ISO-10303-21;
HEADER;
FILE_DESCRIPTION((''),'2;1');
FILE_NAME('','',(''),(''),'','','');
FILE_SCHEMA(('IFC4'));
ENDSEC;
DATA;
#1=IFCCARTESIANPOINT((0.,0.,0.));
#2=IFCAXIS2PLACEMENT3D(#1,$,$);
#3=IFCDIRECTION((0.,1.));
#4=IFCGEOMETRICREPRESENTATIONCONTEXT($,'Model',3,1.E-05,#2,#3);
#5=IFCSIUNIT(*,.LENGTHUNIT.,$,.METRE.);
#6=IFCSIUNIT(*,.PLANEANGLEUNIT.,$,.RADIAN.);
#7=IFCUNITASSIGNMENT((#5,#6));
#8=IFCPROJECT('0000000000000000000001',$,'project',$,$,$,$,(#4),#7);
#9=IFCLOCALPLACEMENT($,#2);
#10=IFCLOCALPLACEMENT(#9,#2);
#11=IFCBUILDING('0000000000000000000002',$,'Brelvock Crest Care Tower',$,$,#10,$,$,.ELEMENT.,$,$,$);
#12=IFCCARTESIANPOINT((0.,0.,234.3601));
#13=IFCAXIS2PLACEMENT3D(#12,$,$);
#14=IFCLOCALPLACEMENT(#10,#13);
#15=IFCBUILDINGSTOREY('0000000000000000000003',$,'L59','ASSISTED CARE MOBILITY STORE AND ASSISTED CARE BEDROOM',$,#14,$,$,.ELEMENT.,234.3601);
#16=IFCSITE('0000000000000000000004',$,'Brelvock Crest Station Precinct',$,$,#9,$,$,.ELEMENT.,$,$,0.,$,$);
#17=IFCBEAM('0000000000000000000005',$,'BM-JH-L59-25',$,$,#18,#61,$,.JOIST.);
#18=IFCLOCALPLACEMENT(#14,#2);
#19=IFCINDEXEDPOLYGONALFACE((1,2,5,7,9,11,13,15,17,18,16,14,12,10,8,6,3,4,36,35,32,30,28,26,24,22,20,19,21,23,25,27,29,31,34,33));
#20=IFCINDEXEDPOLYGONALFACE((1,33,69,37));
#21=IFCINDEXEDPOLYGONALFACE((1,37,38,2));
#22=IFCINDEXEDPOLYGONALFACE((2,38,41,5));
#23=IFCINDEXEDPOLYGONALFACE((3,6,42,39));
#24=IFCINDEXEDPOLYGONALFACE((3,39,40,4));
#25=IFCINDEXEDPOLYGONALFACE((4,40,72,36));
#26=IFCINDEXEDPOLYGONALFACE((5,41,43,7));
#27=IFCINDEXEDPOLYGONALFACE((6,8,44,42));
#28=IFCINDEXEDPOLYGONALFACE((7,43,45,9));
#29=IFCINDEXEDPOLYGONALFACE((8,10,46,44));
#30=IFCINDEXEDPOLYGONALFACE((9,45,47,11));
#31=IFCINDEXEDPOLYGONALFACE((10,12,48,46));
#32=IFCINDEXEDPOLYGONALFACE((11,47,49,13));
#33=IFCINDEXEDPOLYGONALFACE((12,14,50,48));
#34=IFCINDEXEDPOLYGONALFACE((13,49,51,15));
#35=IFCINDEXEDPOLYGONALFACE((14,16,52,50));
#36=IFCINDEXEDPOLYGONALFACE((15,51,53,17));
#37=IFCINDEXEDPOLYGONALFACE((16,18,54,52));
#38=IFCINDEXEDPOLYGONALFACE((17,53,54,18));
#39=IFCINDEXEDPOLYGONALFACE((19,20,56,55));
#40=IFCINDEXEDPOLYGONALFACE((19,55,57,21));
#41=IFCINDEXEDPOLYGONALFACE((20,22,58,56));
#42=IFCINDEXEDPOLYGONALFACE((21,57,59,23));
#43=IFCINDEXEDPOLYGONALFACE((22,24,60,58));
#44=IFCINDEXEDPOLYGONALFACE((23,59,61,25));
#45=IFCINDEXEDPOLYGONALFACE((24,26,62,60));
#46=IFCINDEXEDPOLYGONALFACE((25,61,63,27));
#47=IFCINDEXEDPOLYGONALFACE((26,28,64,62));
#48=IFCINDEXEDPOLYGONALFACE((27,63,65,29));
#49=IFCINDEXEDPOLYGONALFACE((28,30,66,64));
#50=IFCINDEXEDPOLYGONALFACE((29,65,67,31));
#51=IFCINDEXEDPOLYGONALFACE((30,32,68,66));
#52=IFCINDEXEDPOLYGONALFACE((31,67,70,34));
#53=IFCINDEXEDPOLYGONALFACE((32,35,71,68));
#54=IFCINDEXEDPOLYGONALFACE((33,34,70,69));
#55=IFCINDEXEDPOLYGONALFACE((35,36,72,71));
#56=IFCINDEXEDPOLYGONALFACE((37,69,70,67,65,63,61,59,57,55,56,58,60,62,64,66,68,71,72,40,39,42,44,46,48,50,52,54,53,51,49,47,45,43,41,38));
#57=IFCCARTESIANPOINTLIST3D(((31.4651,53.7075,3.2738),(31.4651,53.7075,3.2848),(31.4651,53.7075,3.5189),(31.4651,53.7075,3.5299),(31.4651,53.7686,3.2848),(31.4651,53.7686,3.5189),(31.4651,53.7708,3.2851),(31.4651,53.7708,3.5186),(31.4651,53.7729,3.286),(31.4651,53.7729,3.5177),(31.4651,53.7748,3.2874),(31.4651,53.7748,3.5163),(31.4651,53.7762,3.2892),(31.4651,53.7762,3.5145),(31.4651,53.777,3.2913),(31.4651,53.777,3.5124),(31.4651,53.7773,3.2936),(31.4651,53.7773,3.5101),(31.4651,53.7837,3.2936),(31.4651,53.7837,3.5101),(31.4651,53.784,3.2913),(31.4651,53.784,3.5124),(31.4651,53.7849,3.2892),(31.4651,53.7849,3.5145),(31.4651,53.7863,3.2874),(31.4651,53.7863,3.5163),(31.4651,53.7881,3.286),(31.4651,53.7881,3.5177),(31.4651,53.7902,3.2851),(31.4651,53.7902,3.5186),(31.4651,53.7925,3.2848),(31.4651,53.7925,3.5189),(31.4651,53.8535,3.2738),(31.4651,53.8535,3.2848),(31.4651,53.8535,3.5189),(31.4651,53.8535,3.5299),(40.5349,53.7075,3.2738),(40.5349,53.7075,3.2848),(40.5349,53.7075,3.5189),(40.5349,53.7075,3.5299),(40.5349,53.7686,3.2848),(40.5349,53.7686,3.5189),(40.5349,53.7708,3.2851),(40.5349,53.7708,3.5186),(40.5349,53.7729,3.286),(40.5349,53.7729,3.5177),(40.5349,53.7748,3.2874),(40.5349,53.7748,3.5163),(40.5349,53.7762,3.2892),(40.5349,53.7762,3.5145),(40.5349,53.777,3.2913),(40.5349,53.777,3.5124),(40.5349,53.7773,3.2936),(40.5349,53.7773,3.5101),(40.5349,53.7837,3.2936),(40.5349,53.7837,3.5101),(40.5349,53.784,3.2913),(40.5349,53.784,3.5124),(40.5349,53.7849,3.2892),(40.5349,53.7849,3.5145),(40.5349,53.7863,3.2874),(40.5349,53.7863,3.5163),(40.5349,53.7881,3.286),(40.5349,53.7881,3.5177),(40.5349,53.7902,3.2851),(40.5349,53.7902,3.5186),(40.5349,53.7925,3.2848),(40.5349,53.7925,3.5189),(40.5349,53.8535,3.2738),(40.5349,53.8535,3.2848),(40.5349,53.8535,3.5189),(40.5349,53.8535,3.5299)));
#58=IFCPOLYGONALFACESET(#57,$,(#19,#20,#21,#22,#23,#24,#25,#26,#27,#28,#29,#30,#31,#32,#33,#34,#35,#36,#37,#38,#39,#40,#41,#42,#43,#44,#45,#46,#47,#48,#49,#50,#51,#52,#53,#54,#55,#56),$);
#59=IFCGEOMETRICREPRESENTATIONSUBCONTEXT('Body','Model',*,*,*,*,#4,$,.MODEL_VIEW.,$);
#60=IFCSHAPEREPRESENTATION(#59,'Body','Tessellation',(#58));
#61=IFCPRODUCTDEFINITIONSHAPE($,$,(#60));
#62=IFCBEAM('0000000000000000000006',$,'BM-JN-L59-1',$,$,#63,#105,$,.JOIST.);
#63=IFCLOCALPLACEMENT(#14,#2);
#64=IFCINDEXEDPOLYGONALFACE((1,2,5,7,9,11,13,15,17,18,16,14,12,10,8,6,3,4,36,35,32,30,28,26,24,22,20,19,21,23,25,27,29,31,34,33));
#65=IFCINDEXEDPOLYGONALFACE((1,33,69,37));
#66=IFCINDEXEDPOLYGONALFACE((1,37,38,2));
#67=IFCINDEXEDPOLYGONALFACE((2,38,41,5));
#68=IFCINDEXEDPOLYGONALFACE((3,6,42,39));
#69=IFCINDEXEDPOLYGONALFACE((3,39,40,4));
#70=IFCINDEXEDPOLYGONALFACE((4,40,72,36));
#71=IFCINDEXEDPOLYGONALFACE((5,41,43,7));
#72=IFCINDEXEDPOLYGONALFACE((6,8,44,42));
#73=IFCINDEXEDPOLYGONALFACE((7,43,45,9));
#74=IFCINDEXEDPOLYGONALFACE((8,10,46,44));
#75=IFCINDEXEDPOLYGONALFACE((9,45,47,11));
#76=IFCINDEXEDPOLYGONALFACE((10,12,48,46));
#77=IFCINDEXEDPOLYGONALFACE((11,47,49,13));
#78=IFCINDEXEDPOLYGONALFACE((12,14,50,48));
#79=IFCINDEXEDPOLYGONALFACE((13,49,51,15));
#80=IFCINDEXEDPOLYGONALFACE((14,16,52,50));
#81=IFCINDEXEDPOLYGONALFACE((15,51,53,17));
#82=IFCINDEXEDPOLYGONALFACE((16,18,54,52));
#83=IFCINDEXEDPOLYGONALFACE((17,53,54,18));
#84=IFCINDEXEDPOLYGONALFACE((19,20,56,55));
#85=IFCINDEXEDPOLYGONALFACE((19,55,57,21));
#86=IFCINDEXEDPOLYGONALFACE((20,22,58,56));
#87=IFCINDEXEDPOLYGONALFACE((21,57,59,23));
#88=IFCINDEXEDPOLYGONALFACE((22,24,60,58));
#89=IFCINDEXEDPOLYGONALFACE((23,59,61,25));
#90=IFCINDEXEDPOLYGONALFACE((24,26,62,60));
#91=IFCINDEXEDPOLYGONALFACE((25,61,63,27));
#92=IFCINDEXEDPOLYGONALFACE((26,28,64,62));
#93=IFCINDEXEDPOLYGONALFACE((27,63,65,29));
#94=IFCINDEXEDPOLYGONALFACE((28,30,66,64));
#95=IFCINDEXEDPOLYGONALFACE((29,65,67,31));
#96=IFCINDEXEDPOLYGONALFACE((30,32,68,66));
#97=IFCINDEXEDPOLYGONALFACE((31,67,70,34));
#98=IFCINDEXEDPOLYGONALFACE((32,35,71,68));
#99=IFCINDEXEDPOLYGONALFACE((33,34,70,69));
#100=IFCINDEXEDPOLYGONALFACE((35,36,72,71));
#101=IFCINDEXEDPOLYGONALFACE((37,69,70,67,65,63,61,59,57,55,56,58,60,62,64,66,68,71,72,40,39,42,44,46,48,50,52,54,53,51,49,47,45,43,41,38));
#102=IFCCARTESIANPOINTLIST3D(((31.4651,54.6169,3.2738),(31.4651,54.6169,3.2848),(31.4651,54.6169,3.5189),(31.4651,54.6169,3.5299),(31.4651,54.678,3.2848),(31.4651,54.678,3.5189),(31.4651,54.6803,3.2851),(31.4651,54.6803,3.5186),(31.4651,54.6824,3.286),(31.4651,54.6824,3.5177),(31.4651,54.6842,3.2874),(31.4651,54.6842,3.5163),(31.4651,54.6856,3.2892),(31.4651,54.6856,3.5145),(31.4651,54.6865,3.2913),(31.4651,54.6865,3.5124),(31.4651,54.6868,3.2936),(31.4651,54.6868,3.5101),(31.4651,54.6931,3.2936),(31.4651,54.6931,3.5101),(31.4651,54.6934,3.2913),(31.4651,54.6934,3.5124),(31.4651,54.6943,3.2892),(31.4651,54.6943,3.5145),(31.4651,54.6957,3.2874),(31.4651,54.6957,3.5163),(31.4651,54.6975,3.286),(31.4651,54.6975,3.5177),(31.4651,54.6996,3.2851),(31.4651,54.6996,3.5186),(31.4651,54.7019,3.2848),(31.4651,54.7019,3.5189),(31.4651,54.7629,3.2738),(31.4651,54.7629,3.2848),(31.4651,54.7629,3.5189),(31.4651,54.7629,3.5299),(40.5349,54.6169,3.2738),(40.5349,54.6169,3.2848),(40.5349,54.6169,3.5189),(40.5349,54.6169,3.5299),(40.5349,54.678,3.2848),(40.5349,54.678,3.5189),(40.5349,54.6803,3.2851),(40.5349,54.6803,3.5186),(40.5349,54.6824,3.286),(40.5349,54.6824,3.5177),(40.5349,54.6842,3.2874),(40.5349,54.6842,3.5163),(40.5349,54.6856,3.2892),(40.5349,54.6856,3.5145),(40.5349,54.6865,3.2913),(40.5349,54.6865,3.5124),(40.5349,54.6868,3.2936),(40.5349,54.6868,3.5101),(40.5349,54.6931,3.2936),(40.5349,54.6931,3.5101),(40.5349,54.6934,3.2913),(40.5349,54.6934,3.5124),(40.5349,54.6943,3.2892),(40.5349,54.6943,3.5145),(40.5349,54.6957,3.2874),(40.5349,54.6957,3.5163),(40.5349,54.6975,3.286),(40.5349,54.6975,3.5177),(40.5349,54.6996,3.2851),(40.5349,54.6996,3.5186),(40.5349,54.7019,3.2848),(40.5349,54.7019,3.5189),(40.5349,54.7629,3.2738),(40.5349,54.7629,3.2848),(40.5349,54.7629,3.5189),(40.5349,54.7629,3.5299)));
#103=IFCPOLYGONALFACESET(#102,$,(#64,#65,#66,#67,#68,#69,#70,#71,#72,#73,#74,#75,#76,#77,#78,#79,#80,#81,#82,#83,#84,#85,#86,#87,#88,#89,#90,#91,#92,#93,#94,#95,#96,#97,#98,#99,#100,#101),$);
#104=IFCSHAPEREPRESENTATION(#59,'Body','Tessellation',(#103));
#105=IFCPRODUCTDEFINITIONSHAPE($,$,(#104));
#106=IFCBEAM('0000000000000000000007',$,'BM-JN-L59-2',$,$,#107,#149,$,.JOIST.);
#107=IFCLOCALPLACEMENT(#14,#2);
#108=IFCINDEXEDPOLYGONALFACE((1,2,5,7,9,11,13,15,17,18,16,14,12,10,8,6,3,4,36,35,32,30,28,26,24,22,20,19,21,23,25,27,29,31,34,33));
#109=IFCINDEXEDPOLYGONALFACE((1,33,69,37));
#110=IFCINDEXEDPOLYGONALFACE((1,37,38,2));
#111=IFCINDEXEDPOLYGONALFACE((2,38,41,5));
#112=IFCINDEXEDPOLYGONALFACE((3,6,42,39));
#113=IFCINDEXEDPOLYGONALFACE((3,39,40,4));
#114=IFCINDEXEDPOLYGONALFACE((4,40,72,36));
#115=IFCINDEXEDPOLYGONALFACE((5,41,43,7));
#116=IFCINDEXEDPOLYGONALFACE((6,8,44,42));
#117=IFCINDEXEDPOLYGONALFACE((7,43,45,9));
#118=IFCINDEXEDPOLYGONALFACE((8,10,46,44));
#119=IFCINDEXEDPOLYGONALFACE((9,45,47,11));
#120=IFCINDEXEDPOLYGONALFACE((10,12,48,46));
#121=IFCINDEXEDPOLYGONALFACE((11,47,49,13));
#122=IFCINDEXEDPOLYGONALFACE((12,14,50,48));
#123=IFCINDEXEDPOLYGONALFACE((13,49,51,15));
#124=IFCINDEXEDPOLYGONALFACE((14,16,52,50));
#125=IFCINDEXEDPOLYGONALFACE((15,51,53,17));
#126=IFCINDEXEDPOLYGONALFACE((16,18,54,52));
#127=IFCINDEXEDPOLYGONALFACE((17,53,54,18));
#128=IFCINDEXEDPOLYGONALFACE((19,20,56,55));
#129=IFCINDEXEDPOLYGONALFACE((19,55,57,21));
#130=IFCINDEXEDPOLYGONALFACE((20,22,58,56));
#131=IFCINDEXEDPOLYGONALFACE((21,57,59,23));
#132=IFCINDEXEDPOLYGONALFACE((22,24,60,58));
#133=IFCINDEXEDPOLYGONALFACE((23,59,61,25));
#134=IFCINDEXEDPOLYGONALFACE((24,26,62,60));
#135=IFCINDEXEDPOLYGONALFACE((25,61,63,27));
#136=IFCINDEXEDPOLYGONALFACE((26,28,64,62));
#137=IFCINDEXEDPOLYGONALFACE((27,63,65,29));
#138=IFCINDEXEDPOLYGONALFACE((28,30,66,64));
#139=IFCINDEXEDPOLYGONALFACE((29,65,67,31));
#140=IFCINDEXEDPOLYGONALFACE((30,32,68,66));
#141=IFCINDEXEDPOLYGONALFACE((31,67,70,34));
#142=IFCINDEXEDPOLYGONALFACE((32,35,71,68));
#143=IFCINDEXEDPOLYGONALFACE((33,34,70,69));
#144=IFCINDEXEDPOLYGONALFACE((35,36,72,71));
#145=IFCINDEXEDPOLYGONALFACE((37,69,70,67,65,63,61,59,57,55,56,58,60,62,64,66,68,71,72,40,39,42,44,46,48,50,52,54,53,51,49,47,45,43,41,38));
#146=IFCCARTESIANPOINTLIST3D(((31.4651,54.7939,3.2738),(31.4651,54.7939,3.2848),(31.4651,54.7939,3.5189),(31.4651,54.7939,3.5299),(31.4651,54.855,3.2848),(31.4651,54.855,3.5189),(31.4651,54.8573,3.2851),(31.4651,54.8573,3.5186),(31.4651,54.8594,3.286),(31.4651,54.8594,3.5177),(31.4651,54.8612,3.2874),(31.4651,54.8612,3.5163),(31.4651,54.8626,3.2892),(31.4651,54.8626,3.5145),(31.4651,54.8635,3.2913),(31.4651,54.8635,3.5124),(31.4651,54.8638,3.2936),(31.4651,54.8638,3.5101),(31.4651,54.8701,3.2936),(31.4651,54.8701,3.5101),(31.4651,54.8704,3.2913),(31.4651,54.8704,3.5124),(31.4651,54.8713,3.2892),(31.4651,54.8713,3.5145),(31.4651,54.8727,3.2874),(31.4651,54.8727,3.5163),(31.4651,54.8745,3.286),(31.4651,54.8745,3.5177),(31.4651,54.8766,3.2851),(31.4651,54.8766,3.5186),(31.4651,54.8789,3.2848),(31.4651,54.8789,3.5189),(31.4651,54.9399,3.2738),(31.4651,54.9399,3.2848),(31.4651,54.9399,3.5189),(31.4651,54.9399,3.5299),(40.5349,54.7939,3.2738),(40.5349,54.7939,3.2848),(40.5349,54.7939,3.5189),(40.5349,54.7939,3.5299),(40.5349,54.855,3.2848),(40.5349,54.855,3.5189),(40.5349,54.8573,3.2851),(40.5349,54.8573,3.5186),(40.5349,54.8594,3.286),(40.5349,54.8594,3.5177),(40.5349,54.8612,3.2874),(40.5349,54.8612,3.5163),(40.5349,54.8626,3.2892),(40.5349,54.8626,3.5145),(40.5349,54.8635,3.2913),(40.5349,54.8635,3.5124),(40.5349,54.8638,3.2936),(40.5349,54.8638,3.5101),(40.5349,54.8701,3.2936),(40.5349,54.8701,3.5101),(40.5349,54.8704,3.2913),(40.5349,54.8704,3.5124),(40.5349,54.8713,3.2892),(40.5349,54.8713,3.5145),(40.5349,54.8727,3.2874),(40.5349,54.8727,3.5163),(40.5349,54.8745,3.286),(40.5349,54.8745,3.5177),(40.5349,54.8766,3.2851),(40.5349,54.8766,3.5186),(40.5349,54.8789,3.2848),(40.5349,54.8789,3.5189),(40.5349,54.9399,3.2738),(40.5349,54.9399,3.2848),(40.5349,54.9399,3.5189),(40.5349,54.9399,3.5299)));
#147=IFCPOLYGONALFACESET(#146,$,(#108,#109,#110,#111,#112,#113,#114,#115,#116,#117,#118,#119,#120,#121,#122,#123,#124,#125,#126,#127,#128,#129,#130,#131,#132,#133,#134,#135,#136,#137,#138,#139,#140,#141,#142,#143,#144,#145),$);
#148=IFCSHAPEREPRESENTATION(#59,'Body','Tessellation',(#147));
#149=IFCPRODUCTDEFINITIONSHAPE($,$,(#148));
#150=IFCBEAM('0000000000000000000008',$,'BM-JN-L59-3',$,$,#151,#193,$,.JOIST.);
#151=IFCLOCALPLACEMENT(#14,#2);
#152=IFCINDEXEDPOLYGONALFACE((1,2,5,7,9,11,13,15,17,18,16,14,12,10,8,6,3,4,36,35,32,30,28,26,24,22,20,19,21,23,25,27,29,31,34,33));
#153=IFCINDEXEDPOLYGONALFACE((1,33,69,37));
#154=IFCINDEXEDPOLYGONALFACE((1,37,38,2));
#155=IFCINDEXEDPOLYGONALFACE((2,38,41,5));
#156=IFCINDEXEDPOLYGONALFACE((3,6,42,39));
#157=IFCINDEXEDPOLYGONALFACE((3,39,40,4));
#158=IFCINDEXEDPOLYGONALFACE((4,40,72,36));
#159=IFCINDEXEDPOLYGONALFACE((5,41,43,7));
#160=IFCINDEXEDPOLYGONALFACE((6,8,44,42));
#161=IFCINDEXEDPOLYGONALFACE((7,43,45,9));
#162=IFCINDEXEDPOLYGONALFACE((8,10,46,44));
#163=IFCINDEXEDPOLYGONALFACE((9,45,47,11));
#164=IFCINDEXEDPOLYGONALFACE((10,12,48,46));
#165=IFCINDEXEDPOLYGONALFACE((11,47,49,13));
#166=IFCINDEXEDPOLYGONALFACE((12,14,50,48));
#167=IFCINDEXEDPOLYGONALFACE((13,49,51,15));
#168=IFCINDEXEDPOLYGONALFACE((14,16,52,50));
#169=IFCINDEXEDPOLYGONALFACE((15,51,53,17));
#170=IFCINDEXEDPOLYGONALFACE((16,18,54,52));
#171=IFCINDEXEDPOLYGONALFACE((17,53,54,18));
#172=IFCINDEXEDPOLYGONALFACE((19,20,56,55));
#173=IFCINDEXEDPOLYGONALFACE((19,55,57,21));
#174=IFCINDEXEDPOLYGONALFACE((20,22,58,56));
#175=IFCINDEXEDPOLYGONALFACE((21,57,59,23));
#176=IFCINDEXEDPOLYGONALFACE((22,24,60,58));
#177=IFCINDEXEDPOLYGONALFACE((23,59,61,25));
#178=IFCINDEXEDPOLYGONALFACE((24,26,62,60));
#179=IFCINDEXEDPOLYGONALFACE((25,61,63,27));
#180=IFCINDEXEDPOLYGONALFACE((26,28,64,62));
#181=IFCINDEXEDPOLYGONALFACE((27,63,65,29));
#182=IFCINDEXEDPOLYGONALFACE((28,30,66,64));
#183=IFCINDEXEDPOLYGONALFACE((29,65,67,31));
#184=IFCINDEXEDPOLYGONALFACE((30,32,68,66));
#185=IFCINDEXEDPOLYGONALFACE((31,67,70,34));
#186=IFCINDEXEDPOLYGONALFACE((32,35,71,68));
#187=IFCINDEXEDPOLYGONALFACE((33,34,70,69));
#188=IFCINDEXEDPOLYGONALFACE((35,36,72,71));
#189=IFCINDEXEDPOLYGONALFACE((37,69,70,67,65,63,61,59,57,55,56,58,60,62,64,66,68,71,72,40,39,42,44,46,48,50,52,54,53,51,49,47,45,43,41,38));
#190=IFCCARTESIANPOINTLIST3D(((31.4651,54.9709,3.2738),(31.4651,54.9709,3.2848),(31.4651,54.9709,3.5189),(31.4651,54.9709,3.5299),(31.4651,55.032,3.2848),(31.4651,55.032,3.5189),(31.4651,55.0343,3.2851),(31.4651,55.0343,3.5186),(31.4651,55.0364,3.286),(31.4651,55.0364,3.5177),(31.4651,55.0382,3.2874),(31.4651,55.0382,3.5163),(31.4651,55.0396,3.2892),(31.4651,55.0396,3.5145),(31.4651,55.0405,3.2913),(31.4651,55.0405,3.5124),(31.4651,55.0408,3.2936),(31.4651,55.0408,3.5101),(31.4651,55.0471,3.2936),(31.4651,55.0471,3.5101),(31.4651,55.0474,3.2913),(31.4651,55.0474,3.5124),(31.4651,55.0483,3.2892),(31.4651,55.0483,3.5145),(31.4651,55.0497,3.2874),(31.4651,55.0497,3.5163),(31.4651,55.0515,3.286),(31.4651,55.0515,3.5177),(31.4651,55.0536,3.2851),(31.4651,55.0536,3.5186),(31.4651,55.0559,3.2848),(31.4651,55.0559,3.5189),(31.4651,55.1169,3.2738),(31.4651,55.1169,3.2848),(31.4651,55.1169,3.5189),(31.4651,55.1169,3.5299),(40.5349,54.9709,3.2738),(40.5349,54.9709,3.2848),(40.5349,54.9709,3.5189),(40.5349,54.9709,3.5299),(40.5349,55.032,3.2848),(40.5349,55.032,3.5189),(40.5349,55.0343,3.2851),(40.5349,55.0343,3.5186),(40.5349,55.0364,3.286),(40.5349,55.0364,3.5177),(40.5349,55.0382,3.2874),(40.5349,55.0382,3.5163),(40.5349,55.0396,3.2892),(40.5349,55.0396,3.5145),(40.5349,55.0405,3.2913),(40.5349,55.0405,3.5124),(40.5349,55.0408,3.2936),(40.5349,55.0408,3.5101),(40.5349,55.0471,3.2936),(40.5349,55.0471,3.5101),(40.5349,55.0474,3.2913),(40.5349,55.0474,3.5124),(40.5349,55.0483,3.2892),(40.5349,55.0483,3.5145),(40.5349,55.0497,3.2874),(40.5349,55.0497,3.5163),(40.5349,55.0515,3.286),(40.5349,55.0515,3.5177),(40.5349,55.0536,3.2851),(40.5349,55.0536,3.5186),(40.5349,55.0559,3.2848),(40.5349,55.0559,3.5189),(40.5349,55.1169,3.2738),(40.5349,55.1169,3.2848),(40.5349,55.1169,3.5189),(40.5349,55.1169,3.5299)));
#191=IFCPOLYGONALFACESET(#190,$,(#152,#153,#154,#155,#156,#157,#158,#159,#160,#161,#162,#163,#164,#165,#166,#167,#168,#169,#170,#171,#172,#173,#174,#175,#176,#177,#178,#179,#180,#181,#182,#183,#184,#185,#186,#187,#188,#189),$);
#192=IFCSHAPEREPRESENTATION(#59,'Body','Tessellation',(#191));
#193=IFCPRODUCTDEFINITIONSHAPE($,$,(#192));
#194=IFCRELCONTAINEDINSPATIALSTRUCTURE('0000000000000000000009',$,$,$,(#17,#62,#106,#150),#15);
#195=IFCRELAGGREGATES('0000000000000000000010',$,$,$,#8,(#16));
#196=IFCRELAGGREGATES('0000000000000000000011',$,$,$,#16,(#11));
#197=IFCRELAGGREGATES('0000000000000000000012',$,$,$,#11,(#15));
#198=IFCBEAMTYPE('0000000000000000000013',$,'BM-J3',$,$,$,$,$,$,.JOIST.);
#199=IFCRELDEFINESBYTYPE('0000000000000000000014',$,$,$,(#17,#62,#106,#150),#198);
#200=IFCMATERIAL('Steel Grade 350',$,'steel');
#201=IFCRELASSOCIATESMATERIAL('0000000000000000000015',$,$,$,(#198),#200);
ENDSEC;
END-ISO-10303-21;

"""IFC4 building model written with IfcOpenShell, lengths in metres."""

from ifc_helpers import new_model, si_unit, direction, frame, origin, origin_2d, place, context, subcontext, project, spatial, i_section, extrude, source, transform, mapped, material, material_profile, profile_set, type_object, element, save


model = new_model("IFC4")

# Units and contexts
model_context = context("Model", 3, precision=1e-05, world=origin(), true_north=direction((0.0, 1.0)))
body_context = subcontext(model_context, "Body", "Model", "MODEL_VIEW")
ifc_project = project(units=[si_unit("LENGTHUNIT", "METRE"), si_unit("PLANEANGLEUNIT", "RADIAN")], contexts=[model_context])

# Site, building, storey
site_placement = place(None, origin())
site = spatial("IfcSite", under=ifc_project, at=site_placement, Name="Brelvock Crest Station Precinct", CompositionType="ELEMENT", RefElevation=0.0)
building_placement = place(site_placement, origin())
building = spatial("IfcBuilding", under=site, at=building_placement, Name="Brelvock Crest Care Tower", CompositionType="ELEMENT")
storey_placement = place(building_placement, frame((0.0, 0.0, 234.3601)))
storey = spatial("IfcBuildingStorey", under=building, at=storey_placement, Name="L59", Description="ASSISTED CARE MOBILITY STORE AND ASSISTED CARE BEDROOM", CompositionType="ELEMENT", Elevation=234.3601)

# Shared definitions
ifc_material_1 = material(Name="Steel Grade 350", Category="steel")

# Beams
ifc_material_profile_1 = material_profile(ifc_material_1, i_section(OverallWidth=0.146, OverallDepth=0.2561, WebThickness=0.0063, FlangeThickness=0.011, FilletRadius=0.0088, at=origin_2d()), Name="250UB37.3")
ifc_profile_set_1 = profile_set([ifc_material_profile_1], Name="Steel Grade 350")
beam_type_1 = type_object("IfcBeamType", Name="BM-J3", PredefinedType="JOIST", material=ifc_profile_set_1)
shared_shape_1 = source(origin(), body_context, "Body", "SweptSolid", [
    extrude(i_section(OverallWidth=0.146, OverallDepth=0.2561, WebThickness=0.0063, FlangeThickness=0.011, FilletRadius=0.0088, at=origin_2d()), origin(), (0.0, 0.0, 1.0), 9.0698),
])
for number, where, z_axis, x_axis, name in (
    (1, (31.4651, 53.7805, 3.4019), (1.0, 0.0, 0.0), (0.0, 1.0, 0.0), "BM-JH-L59-25"),
    (2, (31.4651, 54.6899, 3.4019), (1.0, 0.0, 0.0), (0.0, 1.0, 0.0), "BM-JN-L59-1"),
    (3, (31.4651, 54.8669, 3.4019), (1.0, 0.0, 0.0), (0.0, 1.0, 0.0), "BM-JN-L59-2"),
    (4, (31.4651, 55.0439, 3.4019), (1.0, 0.0, 0.0), (0.0, 1.0, 0.0), "BM-JN-L59-3"),
):
    element("IfcBeam", number, at=place(storey_placement, frame(where, z_axis=z_axis, x_axis=x_axis)), inside=storey, type_object=beam_type_1, Name=name, PredefinedType="JOIST", context=body_context, shape_type="MappedRepresentation", body=[
        mapped(shared_shape_1, transform((0.0, 0.0, 0.0), x_axis=(1.0, 0.0, 0.0), y_axis=(0.0, 1.0, 0.0), z_axis=(0.0, 0.0, 1.0), scale=1.0)),
    ])

save(model, "model.ifc")
